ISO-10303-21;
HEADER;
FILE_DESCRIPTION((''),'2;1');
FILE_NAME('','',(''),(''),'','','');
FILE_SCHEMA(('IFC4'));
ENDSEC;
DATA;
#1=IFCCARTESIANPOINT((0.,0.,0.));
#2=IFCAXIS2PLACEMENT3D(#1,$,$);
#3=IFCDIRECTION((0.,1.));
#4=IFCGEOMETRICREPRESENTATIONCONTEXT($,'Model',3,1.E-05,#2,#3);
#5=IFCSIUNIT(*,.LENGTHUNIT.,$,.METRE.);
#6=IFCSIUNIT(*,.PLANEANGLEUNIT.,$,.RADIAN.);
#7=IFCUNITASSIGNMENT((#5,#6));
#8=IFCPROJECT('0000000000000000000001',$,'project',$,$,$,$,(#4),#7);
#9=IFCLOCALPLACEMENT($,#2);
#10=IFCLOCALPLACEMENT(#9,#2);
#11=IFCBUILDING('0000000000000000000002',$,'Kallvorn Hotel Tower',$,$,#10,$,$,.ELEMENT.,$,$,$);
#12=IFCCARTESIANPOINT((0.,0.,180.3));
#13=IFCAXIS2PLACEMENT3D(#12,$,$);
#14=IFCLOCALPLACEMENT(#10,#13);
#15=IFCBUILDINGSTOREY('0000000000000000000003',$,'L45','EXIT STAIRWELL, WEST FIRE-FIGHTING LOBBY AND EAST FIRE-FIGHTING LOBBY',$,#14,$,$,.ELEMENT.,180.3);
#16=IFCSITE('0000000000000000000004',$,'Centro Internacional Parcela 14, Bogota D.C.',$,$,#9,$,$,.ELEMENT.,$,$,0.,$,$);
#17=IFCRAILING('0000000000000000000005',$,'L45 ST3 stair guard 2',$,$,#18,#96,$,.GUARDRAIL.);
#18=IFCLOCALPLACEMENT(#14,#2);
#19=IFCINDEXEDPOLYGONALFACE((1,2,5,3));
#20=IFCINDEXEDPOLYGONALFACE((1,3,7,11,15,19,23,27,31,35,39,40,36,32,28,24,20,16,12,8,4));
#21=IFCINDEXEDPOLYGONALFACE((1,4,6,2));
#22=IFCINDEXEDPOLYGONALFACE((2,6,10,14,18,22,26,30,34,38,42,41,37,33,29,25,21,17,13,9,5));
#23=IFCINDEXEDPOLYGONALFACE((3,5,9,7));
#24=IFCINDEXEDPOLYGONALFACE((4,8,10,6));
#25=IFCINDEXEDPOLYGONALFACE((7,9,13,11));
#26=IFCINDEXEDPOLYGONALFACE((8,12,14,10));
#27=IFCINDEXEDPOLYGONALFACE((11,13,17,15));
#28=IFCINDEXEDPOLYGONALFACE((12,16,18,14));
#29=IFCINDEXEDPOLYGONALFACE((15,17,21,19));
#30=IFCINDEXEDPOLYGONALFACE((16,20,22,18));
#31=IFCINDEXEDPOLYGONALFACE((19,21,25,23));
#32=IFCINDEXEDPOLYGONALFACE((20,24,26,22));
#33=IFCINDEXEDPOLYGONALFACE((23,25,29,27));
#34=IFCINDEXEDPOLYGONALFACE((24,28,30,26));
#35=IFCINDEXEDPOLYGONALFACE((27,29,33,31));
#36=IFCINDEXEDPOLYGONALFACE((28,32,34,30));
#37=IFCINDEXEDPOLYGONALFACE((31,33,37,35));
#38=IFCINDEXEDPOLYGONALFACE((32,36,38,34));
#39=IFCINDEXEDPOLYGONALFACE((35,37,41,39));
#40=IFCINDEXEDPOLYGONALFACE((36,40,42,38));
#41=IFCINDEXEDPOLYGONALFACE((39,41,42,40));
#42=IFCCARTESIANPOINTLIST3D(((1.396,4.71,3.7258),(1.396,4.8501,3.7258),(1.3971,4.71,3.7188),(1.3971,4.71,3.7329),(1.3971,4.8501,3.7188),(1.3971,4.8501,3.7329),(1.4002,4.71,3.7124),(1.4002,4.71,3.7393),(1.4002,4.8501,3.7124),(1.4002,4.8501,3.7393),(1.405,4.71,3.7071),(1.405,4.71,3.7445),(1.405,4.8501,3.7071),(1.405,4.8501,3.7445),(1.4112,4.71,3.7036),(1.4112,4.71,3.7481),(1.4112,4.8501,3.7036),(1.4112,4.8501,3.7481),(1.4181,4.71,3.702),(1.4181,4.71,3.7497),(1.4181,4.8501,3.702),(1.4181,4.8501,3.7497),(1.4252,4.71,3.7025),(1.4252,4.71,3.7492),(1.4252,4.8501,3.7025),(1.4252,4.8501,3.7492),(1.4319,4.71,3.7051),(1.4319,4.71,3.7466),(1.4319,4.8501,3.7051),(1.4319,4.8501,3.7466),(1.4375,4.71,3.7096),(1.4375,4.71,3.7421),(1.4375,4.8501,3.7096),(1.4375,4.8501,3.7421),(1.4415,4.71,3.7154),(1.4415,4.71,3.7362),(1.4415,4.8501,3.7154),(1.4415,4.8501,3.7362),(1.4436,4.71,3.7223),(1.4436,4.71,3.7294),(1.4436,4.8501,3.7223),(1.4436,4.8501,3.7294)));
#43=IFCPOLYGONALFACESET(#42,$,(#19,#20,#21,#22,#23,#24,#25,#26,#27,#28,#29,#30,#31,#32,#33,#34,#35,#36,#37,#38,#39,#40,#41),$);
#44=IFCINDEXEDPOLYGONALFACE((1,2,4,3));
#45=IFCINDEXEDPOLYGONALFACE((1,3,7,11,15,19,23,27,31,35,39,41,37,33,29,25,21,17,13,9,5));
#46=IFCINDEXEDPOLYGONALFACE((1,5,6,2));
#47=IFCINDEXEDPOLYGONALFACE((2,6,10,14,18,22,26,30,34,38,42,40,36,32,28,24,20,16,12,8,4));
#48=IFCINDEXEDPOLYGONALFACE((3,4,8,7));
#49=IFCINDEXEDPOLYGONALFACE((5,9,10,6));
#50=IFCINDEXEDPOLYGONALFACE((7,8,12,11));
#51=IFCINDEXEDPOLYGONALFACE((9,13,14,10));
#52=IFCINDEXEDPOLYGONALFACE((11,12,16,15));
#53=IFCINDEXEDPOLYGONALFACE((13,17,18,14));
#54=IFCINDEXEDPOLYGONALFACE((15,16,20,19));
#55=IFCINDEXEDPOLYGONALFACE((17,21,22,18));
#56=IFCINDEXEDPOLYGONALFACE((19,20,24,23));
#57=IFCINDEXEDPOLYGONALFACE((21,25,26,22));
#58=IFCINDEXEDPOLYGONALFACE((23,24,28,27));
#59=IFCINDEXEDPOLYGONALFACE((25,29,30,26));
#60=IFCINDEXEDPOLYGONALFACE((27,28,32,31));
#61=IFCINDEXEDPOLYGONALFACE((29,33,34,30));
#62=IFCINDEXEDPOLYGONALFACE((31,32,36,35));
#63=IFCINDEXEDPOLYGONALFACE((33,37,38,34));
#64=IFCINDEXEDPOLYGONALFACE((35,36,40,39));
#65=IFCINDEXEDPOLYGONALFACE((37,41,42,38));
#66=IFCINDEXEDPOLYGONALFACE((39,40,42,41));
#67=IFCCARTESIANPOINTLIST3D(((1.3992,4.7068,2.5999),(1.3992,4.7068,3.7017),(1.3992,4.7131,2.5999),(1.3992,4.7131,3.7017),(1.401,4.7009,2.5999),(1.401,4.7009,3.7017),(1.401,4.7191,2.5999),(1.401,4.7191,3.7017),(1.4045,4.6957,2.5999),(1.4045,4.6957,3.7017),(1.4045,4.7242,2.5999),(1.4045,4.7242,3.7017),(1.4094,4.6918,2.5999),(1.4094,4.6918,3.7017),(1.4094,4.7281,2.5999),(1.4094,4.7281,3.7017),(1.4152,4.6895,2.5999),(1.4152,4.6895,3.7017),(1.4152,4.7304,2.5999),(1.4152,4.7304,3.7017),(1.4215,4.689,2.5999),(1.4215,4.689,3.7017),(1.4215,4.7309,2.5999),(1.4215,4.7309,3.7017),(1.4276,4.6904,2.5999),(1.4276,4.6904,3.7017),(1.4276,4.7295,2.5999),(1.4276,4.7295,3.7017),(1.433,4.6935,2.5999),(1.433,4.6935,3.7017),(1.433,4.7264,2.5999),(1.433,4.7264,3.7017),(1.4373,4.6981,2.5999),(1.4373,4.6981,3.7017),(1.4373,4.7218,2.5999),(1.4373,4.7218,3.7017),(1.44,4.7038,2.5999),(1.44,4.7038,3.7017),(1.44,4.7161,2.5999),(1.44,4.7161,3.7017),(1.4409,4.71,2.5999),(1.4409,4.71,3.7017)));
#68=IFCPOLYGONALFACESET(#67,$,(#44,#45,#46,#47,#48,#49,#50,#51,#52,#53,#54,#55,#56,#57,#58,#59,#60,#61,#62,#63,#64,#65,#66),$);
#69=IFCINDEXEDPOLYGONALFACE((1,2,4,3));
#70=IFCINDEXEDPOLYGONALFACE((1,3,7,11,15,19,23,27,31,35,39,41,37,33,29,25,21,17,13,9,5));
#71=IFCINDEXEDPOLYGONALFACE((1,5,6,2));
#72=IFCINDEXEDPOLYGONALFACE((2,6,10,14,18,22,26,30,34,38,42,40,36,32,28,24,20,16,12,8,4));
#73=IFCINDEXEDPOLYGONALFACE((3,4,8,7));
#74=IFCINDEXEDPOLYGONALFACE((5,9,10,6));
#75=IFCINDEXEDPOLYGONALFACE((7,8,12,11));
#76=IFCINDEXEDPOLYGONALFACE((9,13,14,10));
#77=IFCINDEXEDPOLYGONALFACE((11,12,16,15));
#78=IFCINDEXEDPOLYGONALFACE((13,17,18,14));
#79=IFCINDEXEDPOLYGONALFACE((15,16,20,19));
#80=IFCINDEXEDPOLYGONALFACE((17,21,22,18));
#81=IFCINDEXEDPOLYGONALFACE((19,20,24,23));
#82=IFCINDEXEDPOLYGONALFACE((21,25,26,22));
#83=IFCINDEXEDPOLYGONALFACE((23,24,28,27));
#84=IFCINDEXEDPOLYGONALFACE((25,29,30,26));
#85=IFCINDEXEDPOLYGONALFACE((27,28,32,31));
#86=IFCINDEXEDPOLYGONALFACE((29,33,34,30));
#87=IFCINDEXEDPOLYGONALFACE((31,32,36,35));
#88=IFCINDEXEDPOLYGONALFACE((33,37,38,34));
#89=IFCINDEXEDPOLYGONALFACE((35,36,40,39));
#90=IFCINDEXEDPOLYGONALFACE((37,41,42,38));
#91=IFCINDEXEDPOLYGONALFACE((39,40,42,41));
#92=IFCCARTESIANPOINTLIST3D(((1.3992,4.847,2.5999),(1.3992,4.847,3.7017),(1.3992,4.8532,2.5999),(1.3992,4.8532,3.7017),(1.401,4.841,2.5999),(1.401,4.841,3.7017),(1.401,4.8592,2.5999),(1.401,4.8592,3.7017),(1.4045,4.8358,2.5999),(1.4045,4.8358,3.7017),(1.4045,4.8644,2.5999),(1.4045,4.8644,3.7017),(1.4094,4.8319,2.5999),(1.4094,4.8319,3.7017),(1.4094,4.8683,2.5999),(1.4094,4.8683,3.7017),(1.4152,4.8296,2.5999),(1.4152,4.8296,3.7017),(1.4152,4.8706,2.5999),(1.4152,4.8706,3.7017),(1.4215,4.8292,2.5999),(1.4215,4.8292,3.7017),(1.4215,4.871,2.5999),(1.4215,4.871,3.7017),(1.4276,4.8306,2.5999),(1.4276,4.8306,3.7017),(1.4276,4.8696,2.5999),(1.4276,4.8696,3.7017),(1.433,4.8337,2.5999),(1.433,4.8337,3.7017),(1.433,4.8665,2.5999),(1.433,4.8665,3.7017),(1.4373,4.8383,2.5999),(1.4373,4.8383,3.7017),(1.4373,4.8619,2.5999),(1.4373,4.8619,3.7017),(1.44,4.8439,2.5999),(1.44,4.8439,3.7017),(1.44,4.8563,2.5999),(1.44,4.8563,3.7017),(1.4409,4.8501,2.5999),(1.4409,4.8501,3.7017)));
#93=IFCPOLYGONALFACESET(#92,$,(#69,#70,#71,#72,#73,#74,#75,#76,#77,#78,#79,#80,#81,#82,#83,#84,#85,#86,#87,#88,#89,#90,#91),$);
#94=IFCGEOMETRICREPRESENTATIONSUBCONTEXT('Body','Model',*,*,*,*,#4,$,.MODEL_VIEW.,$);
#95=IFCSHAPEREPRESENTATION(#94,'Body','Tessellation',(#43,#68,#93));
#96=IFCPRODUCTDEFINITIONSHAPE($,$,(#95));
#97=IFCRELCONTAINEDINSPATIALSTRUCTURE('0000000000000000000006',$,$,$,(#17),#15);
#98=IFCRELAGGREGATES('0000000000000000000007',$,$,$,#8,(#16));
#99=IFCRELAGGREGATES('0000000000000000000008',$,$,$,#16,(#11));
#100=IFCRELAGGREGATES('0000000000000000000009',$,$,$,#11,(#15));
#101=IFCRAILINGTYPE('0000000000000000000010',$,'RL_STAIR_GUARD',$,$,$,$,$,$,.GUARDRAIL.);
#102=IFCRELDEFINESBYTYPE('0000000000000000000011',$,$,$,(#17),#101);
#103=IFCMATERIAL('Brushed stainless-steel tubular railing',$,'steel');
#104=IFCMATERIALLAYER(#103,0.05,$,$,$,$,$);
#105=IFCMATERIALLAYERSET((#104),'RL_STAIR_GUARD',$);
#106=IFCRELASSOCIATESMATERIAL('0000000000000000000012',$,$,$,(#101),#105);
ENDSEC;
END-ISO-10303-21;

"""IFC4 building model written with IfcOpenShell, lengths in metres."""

from ifc_helpers import new_model, si_unit, direction, frame, origin, origin_2d, place, context, subcontext, project, spatial, circle, extrude, material, layer, layer_set, type_object, element, save


model = new_model("IFC4")

# Units and contexts
model_context = context("Model", 3, precision=1e-05, world=origin(), true_north=direction((0.0, 1.0)))
body_context = subcontext(model_context, "Body", "Model", "MODEL_VIEW")
ifc_project = project(units=[si_unit("LENGTHUNIT", "METRE"), si_unit("PLANEANGLEUNIT", "RADIAN")], contexts=[model_context])

# Site, building, storey
site_placement = place(None, origin())
site = spatial("IfcSite", under=ifc_project, at=site_placement, Name="Centro Internacional Parcela 14, Bogota D.C.", CompositionType="ELEMENT", RefElevation=0.0)
building_placement = place(site_placement, origin())
building = spatial("IfcBuilding", under=site, at=building_placement, Name="Kallvorn Hotel Tower", CompositionType="ELEMENT")
storey_placement = place(building_placement, frame((0.0, 0.0, 180.3)))
storey = spatial("IfcBuildingStorey", under=building, at=storey_placement, Name="L45", Description="EXIT STAIRWELL, WEST FIRE-FIGHTING LOBBY AND EAST FIRE-FIGHTING LOBBY", CompositionType="ELEMENT", Elevation=180.3)

# Railing
ifc_material_1 = material(Name="Brushed stainless-steel tubular railing", Category="steel")
ifc_layer_1 = layer(ifc_material_1, 0.05)
ifc_layer_set_1 = layer_set([ifc_layer_1], Name="RL_STAIR_GUARD")
railing_type_1 = type_object("IfcRailingType", Name="RL_STAIR_GUARD", PredefinedType="GUARDRAIL", material=ifc_layer_set_1)
railing_1_placement = place(storey_placement, frame((1.4199, 4.71, 2.5999)))
element("IfcRailing", 1, at=railing_1_placement, inside=storey, type_object=railing_type_1, Name="L45 ST3 stair guard 2", PredefinedType="GUARDRAIL", context=body_context, shape_type="SweptSolid", body=[
    extrude(circle(Radius=0.0239, at=origin_2d()), frame((0.0, 0.0, 1.126), z_axis=(0.0, 1.0, 0.0), x_axis=(-1.0, 0.0, 0.0)), (0.0, 0.0, 1.0), 0.1401),
    extrude(circle(Radius=0.021, at=origin_2d()), origin(), (0.0, 0.0, 1.0), 1.1018),
    extrude(circle(Radius=0.021, at=origin_2d()), frame((0.0, 0.1401, 0.0)), (0.0, 0.0, 1.0), 1.1018),
])

save(model, "model.ifc")
